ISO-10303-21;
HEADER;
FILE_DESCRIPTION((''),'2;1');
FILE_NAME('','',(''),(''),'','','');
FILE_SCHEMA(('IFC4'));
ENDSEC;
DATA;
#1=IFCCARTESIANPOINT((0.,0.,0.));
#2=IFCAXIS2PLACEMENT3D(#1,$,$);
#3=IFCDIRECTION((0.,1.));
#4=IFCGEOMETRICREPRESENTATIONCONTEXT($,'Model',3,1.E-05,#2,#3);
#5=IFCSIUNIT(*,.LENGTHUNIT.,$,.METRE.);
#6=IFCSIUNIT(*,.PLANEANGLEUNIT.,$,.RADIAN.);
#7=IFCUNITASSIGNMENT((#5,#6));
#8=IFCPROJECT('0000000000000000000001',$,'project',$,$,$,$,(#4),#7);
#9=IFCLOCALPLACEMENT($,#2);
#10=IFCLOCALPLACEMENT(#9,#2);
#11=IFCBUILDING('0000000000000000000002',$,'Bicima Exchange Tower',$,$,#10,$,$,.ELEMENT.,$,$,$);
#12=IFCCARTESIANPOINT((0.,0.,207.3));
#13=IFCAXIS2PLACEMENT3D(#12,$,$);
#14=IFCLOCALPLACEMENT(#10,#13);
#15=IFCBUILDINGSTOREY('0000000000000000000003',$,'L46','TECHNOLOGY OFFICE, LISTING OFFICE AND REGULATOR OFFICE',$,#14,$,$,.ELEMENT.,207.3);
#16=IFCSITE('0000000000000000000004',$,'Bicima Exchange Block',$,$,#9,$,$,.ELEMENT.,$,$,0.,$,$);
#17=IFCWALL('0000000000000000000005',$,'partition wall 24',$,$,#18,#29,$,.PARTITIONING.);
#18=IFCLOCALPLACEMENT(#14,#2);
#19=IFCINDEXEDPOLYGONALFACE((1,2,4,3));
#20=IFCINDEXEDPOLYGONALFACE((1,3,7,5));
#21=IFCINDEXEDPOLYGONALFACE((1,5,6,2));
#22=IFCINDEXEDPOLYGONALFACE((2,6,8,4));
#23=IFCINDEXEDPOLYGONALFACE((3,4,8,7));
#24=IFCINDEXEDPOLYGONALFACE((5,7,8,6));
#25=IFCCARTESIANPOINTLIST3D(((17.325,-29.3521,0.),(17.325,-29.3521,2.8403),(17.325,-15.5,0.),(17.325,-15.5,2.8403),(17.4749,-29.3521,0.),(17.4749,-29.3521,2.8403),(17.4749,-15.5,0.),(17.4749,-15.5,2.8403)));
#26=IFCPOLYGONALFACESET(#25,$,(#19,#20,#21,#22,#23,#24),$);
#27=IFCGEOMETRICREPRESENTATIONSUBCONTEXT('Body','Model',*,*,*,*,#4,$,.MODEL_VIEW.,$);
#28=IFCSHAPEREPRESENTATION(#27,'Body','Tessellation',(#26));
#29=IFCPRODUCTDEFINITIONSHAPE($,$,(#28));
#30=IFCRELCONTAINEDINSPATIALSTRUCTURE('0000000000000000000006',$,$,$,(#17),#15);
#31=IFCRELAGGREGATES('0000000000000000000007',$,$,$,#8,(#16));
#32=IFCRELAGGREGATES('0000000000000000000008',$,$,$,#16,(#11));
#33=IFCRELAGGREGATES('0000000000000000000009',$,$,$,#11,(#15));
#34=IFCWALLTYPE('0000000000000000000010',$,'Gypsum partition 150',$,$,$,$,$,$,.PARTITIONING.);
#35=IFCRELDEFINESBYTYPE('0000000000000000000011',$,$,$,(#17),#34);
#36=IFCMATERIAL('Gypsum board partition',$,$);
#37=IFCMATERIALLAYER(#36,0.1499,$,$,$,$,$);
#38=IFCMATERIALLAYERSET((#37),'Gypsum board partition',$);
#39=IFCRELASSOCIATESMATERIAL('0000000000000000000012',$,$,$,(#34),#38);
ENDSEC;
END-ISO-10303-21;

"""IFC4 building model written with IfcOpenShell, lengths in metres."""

from ifc_helpers import new_model, si_unit, direction, frame, frame_2d, origin, place, context, subcontext, project, spatial, rectangle, extrude, material, layer, layer_set, type_object, element, save


model = new_model("IFC4")

# Units and contexts
model_context = context("Model", 3, precision=1e-05, world=origin(), true_north=direction((0.0, 1.0)))
body_context = subcontext(model_context, "Body", "Model", "MODEL_VIEW")
ifc_project = project(units=[si_unit("LENGTHUNIT", "METRE"), si_unit("PLANEANGLEUNIT", "RADIAN")], contexts=[model_context])

# Site, building, storey
site_placement = place(None, origin())
site = spatial("IfcSite", under=ifc_project, at=site_placement, Name="Bicima Exchange Block", CompositionType="ELEMENT", RefElevation=0.0)
building_placement = place(site_placement, origin())
building = spatial("IfcBuilding", under=site, at=building_placement, Name="Bicima Exchange Tower", CompositionType="ELEMENT")
storey_placement = place(building_placement, frame((0.0, 0.0, 207.3)))
storey = spatial("IfcBuildingStorey", under=building, at=storey_placement, Name="L46", Description="TECHNOLOGY OFFICE, LISTING OFFICE AND REGULATOR OFFICE", CompositionType="ELEMENT", Elevation=207.3)

# Wall
ifc_material_1 = material(Name="Gypsum board partition")
ifc_layer_1 = layer(ifc_material_1, 0.1499)
ifc_layer_set_1 = layer_set([ifc_layer_1], Name="Gypsum board partition")
wall_type = type_object("IfcWallType", Name="Gypsum partition 150", PredefinedType="PARTITIONING", material=ifc_layer_set_1)
wall_1_placement = place(storey_placement, frame((17.3999, -29.3521, 0.0), z_axis=(0.0, 0.0, 1.0), x_axis=(0.0, 1.0, 0.0)))
element("IfcWall", 1, at=wall_1_placement, inside=storey, type_object=wall_type, Name="partition wall 24", PredefinedType="PARTITIONING", context=body_context, shape_type="SweptSolid", body=[
    extrude(rectangle(XDim=13.8521, YDim=0.1499, at=frame_2d((6.926, 0.0))), origin(), (0.0, 0.0, 1.0), 2.8403),
])

save(model, "model.ifc")
